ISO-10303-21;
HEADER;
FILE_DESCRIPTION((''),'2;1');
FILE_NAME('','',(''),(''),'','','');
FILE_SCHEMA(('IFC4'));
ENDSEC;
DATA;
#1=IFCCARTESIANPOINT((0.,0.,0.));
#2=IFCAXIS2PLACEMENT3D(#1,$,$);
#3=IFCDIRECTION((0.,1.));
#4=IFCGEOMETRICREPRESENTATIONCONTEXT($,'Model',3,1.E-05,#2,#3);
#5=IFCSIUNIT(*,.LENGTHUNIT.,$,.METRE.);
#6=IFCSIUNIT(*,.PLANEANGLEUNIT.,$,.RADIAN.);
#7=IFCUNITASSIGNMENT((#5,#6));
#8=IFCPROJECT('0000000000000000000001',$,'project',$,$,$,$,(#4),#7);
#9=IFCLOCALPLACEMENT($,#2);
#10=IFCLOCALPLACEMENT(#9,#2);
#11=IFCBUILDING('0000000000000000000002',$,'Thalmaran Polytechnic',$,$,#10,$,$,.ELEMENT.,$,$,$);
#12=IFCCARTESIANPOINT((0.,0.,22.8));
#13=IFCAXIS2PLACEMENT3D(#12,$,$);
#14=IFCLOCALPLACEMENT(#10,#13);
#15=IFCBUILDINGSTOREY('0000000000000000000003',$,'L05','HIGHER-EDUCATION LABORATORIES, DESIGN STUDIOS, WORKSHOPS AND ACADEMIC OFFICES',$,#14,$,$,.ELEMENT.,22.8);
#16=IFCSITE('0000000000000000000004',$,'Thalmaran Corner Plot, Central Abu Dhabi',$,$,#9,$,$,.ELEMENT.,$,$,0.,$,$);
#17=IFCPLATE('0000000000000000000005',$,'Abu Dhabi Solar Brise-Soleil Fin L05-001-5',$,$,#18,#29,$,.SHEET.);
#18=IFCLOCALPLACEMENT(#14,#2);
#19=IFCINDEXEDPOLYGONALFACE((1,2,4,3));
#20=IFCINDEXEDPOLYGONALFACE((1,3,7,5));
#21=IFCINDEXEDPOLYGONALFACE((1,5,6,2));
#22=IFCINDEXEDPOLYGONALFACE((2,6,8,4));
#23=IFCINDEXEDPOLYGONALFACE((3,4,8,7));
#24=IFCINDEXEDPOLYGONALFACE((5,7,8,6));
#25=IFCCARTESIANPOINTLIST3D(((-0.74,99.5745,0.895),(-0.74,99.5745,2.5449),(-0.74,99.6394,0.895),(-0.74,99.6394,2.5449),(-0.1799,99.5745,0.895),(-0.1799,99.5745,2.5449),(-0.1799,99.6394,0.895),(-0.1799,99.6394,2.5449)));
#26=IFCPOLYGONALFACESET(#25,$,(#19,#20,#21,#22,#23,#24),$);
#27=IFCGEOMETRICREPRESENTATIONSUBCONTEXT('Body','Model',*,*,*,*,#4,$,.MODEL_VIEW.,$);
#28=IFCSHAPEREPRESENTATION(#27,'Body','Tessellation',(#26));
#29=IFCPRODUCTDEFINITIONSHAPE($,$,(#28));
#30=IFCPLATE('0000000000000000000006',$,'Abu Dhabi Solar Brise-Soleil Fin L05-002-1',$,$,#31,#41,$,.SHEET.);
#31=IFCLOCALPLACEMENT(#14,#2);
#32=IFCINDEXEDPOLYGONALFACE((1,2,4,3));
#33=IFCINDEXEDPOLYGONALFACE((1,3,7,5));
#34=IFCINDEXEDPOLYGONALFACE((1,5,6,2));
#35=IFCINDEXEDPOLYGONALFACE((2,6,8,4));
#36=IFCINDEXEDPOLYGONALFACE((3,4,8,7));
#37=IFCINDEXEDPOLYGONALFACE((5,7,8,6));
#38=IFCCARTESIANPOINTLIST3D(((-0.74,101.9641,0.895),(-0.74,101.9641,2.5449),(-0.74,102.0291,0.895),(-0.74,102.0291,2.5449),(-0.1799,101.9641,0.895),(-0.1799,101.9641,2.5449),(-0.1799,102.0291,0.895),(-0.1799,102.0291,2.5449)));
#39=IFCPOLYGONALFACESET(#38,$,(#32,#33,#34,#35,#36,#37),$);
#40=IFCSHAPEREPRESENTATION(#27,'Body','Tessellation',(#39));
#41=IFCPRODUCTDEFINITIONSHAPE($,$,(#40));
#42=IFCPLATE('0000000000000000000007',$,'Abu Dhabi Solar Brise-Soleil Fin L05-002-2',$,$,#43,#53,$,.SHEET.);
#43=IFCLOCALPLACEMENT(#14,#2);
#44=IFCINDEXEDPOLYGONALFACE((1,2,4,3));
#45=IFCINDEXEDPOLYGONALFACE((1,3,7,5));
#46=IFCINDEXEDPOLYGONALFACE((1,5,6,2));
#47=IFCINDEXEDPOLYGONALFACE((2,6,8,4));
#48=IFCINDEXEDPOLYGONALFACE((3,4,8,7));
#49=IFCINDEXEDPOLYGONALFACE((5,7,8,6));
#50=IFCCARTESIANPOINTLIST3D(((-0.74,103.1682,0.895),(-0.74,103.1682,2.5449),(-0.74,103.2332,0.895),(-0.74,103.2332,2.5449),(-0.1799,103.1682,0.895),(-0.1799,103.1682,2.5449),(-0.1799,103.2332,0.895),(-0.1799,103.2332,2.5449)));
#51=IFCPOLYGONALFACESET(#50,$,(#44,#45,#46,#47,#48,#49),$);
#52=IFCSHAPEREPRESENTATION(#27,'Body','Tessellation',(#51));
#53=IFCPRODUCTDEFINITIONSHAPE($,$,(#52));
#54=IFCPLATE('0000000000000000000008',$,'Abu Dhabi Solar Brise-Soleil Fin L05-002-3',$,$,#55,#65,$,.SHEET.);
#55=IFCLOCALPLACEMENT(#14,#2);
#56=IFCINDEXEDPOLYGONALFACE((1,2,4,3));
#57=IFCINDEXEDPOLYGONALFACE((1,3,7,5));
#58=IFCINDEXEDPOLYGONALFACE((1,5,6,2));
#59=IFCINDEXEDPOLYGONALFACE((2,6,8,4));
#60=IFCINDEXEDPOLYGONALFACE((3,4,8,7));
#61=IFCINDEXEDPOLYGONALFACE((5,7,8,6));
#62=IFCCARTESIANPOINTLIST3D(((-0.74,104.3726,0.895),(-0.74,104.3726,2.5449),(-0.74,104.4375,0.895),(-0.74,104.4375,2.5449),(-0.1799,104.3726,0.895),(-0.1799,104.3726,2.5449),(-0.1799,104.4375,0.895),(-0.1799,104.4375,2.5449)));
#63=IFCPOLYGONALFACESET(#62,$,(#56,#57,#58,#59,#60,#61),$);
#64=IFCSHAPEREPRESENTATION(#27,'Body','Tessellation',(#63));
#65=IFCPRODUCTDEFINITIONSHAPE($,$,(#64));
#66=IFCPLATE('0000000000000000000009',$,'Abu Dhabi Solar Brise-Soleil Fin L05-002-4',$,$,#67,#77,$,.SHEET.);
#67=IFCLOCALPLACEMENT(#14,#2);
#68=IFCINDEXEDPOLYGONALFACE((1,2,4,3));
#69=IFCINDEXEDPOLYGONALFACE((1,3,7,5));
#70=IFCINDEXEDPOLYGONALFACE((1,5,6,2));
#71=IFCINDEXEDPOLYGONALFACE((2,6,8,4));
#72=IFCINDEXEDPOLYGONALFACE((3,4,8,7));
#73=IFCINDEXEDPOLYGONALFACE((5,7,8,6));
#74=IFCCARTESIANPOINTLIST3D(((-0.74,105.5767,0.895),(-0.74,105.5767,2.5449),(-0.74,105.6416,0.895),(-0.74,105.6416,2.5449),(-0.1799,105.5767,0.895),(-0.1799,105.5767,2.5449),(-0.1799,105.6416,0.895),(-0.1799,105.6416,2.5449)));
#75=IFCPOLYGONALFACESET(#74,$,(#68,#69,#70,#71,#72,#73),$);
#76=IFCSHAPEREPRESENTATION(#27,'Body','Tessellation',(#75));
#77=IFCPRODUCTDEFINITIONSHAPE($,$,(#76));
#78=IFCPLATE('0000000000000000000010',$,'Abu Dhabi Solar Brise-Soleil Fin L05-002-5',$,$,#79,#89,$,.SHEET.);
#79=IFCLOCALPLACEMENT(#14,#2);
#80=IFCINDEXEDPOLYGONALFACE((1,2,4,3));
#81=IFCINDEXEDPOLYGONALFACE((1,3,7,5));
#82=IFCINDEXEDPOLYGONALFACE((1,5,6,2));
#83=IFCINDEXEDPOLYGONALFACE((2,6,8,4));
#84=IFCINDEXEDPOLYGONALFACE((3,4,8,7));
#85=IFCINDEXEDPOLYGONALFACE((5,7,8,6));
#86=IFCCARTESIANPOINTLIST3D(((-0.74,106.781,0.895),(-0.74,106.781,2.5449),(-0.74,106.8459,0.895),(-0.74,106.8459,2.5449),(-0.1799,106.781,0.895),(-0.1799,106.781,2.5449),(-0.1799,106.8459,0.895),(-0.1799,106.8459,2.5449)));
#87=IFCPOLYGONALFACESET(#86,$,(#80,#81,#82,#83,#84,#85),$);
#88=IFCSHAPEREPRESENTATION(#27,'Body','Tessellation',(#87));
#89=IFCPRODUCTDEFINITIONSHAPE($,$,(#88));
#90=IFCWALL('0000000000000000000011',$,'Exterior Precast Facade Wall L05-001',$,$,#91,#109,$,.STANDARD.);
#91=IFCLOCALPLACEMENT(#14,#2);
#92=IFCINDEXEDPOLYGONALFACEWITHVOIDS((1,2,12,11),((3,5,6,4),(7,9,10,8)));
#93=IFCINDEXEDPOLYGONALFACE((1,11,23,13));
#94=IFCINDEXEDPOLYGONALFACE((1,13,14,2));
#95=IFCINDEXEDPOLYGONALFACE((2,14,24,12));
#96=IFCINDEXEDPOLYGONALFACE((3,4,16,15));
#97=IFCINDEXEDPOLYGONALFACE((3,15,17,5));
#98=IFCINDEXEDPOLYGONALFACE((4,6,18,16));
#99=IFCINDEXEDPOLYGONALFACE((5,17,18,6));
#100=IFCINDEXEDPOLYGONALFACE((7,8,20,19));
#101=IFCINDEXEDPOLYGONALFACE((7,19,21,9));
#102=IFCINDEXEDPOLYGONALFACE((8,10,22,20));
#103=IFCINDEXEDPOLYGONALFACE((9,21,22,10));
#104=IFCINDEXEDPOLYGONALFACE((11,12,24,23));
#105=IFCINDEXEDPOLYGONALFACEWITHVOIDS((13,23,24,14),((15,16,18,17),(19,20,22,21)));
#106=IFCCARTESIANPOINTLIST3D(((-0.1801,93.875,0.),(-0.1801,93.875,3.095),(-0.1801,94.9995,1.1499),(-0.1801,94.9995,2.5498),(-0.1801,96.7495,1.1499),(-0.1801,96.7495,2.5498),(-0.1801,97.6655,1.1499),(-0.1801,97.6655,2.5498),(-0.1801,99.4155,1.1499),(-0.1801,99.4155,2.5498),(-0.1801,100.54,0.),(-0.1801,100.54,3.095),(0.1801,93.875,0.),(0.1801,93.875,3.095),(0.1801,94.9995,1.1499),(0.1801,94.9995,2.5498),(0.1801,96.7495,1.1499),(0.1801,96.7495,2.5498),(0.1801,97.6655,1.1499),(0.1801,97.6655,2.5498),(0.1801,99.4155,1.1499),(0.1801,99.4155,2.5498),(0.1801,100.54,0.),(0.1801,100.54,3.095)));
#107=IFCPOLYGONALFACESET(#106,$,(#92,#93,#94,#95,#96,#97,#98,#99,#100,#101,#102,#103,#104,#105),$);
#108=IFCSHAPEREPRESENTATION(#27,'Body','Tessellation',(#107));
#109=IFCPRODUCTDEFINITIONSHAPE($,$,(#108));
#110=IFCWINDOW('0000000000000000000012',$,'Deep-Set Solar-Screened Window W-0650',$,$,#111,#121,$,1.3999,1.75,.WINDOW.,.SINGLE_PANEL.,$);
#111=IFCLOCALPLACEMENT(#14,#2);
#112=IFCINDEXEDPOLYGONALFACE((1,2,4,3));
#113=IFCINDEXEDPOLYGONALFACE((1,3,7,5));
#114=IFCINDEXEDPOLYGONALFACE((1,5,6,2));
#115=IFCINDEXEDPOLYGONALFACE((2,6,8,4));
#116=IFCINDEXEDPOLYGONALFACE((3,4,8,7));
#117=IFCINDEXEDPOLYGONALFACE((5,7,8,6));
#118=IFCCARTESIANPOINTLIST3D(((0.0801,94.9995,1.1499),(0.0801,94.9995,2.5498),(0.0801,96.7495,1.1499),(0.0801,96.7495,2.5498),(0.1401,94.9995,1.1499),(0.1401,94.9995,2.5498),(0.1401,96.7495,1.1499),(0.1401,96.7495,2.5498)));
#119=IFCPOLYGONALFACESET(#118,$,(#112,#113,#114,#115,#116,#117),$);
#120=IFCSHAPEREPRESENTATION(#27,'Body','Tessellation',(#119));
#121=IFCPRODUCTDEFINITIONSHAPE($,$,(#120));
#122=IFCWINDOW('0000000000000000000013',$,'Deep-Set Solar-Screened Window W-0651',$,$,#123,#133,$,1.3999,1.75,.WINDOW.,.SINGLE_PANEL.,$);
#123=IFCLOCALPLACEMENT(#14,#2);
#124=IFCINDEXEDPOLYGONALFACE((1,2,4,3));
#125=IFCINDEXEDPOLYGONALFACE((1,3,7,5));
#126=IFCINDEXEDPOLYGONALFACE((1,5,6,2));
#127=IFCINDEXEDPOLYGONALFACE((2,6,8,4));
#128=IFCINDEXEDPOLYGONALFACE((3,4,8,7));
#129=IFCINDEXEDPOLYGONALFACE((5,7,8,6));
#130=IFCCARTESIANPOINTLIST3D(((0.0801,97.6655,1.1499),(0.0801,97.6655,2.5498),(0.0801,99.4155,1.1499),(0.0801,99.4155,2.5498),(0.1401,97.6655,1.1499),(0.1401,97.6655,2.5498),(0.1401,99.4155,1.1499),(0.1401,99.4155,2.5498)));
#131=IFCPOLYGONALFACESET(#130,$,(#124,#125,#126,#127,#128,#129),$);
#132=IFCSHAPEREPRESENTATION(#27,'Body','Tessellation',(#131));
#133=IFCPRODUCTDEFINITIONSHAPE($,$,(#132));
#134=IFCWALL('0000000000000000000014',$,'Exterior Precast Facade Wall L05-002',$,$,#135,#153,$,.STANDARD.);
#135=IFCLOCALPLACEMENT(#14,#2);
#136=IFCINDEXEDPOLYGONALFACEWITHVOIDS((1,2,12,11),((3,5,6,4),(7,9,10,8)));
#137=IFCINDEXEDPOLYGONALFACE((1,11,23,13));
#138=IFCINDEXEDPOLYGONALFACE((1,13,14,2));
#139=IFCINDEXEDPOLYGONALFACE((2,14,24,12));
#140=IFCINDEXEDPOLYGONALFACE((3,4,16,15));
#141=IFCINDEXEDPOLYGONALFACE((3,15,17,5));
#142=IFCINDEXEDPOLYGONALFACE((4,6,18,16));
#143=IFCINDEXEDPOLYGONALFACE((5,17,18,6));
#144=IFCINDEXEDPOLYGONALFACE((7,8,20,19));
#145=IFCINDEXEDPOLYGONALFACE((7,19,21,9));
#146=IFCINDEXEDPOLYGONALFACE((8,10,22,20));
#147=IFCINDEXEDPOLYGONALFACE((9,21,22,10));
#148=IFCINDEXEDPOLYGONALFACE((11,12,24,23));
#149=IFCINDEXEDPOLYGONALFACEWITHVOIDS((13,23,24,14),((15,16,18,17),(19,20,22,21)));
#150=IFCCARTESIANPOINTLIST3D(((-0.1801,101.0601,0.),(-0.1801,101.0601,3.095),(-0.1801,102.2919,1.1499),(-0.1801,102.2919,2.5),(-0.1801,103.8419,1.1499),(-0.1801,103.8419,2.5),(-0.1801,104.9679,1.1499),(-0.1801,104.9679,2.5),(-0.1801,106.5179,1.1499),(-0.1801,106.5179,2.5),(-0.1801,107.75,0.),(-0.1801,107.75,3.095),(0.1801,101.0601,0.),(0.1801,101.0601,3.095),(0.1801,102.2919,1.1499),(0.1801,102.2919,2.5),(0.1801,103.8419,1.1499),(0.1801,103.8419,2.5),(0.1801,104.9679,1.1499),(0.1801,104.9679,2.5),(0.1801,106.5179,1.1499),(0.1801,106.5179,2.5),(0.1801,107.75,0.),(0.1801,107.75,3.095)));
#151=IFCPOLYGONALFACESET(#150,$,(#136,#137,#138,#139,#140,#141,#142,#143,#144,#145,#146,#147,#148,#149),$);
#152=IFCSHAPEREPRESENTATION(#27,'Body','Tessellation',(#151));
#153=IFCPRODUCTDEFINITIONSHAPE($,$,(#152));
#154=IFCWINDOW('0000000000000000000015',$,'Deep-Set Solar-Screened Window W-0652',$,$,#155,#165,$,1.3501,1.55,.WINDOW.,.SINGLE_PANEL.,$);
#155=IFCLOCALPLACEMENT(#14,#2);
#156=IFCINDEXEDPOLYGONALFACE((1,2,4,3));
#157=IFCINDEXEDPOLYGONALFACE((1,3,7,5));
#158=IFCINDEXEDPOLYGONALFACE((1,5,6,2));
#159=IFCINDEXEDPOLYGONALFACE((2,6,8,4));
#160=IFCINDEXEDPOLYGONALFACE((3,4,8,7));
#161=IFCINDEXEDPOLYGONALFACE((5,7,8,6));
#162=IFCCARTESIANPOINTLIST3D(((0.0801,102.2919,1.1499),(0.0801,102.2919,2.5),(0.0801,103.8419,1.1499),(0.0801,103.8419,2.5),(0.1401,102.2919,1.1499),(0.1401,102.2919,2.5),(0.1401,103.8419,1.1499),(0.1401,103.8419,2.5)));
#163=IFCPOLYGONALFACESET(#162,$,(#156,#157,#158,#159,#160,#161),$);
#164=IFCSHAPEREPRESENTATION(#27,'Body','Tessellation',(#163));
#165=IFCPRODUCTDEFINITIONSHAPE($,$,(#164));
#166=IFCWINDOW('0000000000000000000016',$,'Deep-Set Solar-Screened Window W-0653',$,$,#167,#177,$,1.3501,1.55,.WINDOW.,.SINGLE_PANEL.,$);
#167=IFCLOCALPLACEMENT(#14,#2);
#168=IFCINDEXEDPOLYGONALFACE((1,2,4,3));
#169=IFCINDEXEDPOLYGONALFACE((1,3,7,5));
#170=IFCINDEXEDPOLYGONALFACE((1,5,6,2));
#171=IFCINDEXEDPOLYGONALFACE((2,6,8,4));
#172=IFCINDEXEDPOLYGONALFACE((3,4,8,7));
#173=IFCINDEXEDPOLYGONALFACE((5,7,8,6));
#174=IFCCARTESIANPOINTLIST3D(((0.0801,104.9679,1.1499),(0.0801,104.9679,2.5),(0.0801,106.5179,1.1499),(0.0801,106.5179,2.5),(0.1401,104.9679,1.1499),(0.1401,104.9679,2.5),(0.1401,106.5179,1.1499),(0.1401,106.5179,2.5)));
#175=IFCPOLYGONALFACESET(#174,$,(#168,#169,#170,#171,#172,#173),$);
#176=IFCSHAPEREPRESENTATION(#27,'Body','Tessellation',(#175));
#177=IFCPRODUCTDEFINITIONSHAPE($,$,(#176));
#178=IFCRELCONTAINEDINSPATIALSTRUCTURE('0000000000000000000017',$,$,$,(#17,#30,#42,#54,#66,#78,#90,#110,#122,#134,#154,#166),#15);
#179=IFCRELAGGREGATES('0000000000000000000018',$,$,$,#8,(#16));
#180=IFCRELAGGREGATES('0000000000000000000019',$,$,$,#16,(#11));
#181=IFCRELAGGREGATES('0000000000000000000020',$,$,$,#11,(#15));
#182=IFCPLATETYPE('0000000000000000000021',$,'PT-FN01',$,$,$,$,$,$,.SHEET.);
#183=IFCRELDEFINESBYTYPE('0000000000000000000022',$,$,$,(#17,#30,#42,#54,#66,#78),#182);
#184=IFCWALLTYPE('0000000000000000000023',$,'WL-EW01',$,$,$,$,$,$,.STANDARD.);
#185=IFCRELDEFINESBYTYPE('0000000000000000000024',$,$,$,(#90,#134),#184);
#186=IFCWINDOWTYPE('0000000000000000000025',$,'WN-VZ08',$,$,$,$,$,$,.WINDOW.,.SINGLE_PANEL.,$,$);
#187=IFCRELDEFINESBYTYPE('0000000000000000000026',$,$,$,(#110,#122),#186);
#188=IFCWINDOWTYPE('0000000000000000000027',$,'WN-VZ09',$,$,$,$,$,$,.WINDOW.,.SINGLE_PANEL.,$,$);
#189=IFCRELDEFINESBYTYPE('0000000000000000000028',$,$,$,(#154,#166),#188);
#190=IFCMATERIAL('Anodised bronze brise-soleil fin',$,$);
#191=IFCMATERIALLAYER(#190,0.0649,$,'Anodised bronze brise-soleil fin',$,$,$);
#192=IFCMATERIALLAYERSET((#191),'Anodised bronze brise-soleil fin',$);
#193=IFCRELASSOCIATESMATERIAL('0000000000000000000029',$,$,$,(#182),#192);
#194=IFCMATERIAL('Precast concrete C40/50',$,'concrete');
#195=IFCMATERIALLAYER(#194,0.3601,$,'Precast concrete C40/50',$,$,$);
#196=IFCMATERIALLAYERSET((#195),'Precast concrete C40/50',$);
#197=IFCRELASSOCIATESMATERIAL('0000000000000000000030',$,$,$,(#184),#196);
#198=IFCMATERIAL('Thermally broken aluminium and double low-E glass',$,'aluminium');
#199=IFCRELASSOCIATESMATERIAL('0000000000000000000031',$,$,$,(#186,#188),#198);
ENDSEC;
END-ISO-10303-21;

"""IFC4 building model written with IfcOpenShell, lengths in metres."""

from ifc_helpers import new_model, si_unit, direction, frame, frame_2d, origin, origin_2d, place, context, subcontext, project, spatial, rectangle, extrude, material, layer, layer_set, type_object, element, fill, save


model = new_model("IFC4")

# Units and contexts
model_context = context("Model", 3, precision=1e-05, world=origin(), true_north=direction((0.0, 1.0)))
body_context = subcontext(model_context, "Body", "Model", "MODEL_VIEW")
ifc_project = project(units=[si_unit("LENGTHUNIT", "METRE"), si_unit("PLANEANGLEUNIT", "RADIAN")], contexts=[model_context])

# Site, building, storey
site_placement = place(None, origin())
site = spatial("IfcSite", under=ifc_project, at=site_placement, Name="Thalmaran Corner Plot, Central Abu Dhabi", CompositionType="ELEMENT", RefElevation=0.0)
building_placement = place(site_placement, origin())
building = spatial("IfcBuilding", under=site, at=building_placement, Name="Thalmaran Polytechnic", CompositionType="ELEMENT")
storey_placement = place(building_placement, frame((0.0, 0.0, 22.8)))
storey = spatial("IfcBuildingStorey", under=building, at=storey_placement, Name="L05", Description="HIGHER-EDUCATION LABORATORIES, DESIGN STUDIOS, WORKSHOPS AND ACADEMIC OFFICES", CompositionType="ELEMENT", Elevation=22.8)

# Plates
ifc_material_1 = material(Name="Anodised bronze brise-soleil fin")
ifc_layer_1 = layer(ifc_material_1, 0.0649, Name="Anodised bronze brise-soleil fin")
ifc_layer_set_1 = layer_set([ifc_layer_1], Name="Anodised bronze brise-soleil fin")
plate_type_1 = type_object("IfcPlateType", Name="PT-FN01", PredefinedType="SHEET", material=ifc_layer_set_1)
for number, where, z_axis, x_axis, name in (
    (1, (-0.46, 99.6069, 0.895), (0.0, 0.0, 1.0), (0.0, 1.0, 0.0), "Abu Dhabi Solar Brise-Soleil Fin L05-001-5"),
    (2, (-0.46, 101.9966, 0.895), (0.0, 0.0, 1.0), (0.0, 1.0, 0.0), "Abu Dhabi Solar Brise-Soleil Fin L05-002-1"),
    (3, (-0.46, 103.2007, 0.895), (0.0, 0.0, 1.0), (0.0, 1.0, 0.0), "Abu Dhabi Solar Brise-Soleil Fin L05-002-2"),
    (4, (-0.46, 104.405, 0.895), (0.0, 0.0, 1.0), (0.0, 1.0, 0.0), "Abu Dhabi Solar Brise-Soleil Fin L05-002-3"),
    (5, (-0.46, 105.6091, 0.895), (0.0, 0.0, 1.0), (0.0, 1.0, 0.0), "Abu Dhabi Solar Brise-Soleil Fin L05-002-4"),
    (6, (-0.46, 106.8135, 0.895), (0.0, 0.0, 1.0), (0.0, 1.0, 0.0), "Abu Dhabi Solar Brise-Soleil Fin L05-002-5"),
):
    element("IfcPlate", number, at=place(storey_placement, frame(where, z_axis=z_axis, x_axis=x_axis)), inside=storey, type_object=plate_type_1, Name=name, PredefinedType="SHEET", context=body_context, shape_type="SweptSolid", body=[
        extrude(rectangle(XDim=0.0649, YDim=0.5601, at=origin_2d()), origin(), (0.0, 0.0, 1.0), 1.6499),
    ])

# Walls, openings, windows
ifc_material_2 = material(Name="Precast concrete C40/50", Category="concrete")
ifc_layer_2 = layer(ifc_material_2, 0.3601, Name="Precast concrete C40/50")
ifc_layer_set_2 = layer_set([ifc_layer_2], Name="Precast concrete C40/50")
wall_type = type_object("IfcWallType", Name="WL-EW01", PredefinedType="STANDARD", material=ifc_layer_set_2)
wall_1_placement = place(storey_placement, frame((0.0, 93.875, 0.0), z_axis=(0.0, 0.0, 1.0), x_axis=(0.0, 1.0, 0.0)))
wall_1 = element("IfcWall", 7, at=wall_1_placement, inside=storey, type_object=wall_type, Name="Exterior Precast Facade Wall L05-001", PredefinedType="STANDARD", context=body_context, shape_type="SweptSolid", body=[
    extrude(rectangle(XDim=6.665, YDim=0.3601, at=frame_2d((3.3325, 0.0))), origin(), (0.0, 0.0, 1.0), 3.095),
])
opening_1_placement = place(wall_1_placement, frame((1.1245, 0.0, 1.1499)))
opening_1 = element("IfcOpeningElement", 8, at=opening_1_placement, cuts=wall_1, PredefinedType="OPENING", context=body_context, shape_type="SweptSolid", body=[
    extrude(rectangle(XDim=1.75, YDim=1.3999, at=frame_2d((0.875, 0.7))), frame((0.0, 0.1899, 0.0), z_axis=(0.0, -1.0, 0.0), x_axis=(1.0, 0.0, 0.0)), (0.0, 0.0, 1.0), 0.3801),
])
opening_2_placement = place(wall_1_placement, frame((3.7905, 0.0, 1.1499)))
opening_2 = element("IfcOpeningElement", 9, at=opening_2_placement, cuts=wall_1, PredefinedType="OPENING", context=body_context, shape_type="SweptSolid", body=[
    extrude(rectangle(XDim=1.75, YDim=1.3999, at=frame_2d((0.875, 0.7))), frame((0.0, 0.1899, 0.0), z_axis=(0.0, -1.0, 0.0), x_axis=(1.0, 0.0, 0.0)), (0.0, 0.0, 1.0), 0.3801),
])
ifc_material_3 = material(Name="Thermally broken aluminium and double low-E glass", Category="aluminium")
window_type_1 = type_object("IfcWindowType", Name="WN-VZ08", PartitioningType="SINGLE_PANEL", PredefinedType="WINDOW", material=ifc_material_3)
window_1_placement = place(opening_1_placement, origin())
window_1 = element("IfcWindow", 10, at=window_1_placement, inside=storey, type_object=window_type_1, Name="Deep-Set Solar-Screened Window W-0650", OverallHeight=1.3999, OverallWidth=1.75, PartitioningType="SINGLE_PANEL", PredefinedType="WINDOW", context=body_context, shape_type="SweptSolid", body=[
    extrude(rectangle(XDim=1.75, YDim=1.3999, at=frame_2d((0.875, 0.7))), frame((0.0, -0.0801, 0.0), z_axis=(0.0, -1.0, 0.0), x_axis=(1.0, 0.0, 0.0)), (0.0, 0.0, 1.0), 0.0601),
])
fill(opening_1, window_1)
window_2_placement = place(opening_2_placement, origin())
window_2 = element("IfcWindow", 11, at=window_2_placement, inside=storey, type_object=window_type_1, Name="Deep-Set Solar-Screened Window W-0651", OverallHeight=1.3999, OverallWidth=1.75, PartitioningType="SINGLE_PANEL", PredefinedType="WINDOW", context=body_context, shape_type="SweptSolid", body=[
    extrude(rectangle(XDim=1.75, YDim=1.3999, at=frame_2d((0.875, 0.7))), frame((0.0, -0.0801, 0.0), z_axis=(0.0, -1.0, 0.0), x_axis=(1.0, 0.0, 0.0)), (0.0, 0.0, 1.0), 0.0601),
])
fill(opening_2, window_2)
wall_2_placement = place(storey_placement, frame((0.0, 101.0601, 0.0), z_axis=(0.0, 0.0, 1.0), x_axis=(0.0, 1.0, 0.0)))
wall_2 = element("IfcWall", 12, at=wall_2_placement, inside=storey, type_object=wall_type, Name="Exterior Precast Facade Wall L05-002", PredefinedType="STANDARD", context=body_context, shape_type="SweptSolid", body=[
    extrude(rectangle(XDim=6.6899, YDim=0.3601, at=frame_2d((3.345, 0.0))), origin(), (0.0, 0.0, 1.0), 3.095),
])
opening_3_placement = place(wall_2_placement, frame((1.2319, 0.0, 1.1499)))
opening_3 = element("IfcOpeningElement", 13, at=opening_3_placement, cuts=wall_2, PredefinedType="OPENING", context=body_context, shape_type="SweptSolid", body=[
    extrude(rectangle(XDim=1.55, YDim=1.3501, at=frame_2d((0.7749, 0.675))), frame((0.0, 0.1899, 0.0), z_axis=(0.0, -1.0, 0.0), x_axis=(1.0, 0.0, 0.0)), (0.0, 0.0, 1.0), 0.3801),
])
opening_4_placement = place(wall_2_placement, frame((3.908, 0.0, 1.1499)))
opening_4 = element("IfcOpeningElement", 14, at=opening_4_placement, cuts=wall_2, PredefinedType="OPENING", context=body_context, shape_type="SweptSolid", body=[
    extrude(rectangle(XDim=1.55, YDim=1.3501, at=frame_2d((0.7749, 0.675))), frame((0.0, 0.1899, 0.0), z_axis=(0.0, -1.0, 0.0), x_axis=(1.0, 0.0, 0.0)), (0.0, 0.0, 1.0), 0.3801),
])
window_type_2 = type_object("IfcWindowType", Name="WN-VZ09", PartitioningType="SINGLE_PANEL", PredefinedType="WINDOW", material=ifc_material_3)
window_3_placement = place(opening_3_placement, origin())
window_3 = element("IfcWindow", 15, at=window_3_placement, inside=storey, type_object=window_type_2, Name="Deep-Set Solar-Screened Window W-0652", OverallHeight=1.3501, OverallWidth=1.55, PartitioningType="SINGLE_PANEL", PredefinedType="WINDOW", context=body_context, shape_type="SweptSolid", body=[
    extrude(rectangle(XDim=1.55, YDim=1.3501, at=frame_2d((0.7749, 0.675))), frame((0.0, -0.0801, 0.0), z_axis=(0.0, -1.0, 0.0), x_axis=(1.0, 0.0, 0.0)), (0.0, 0.0, 1.0), 0.0601),
])
fill(opening_3, window_3)
window_4_placement = place(opening_4_placement, origin())
window_4 = element("IfcWindow", 16, at=window_4_placement, inside=storey, type_object=window_type_2, Name="Deep-Set Solar-Screened Window W-0653", OverallHeight=1.3501, OverallWidth=1.55, PartitioningType="SINGLE_PANEL", PredefinedType="WINDOW", context=body_context, shape_type="SweptSolid", body=[
    extrude(rectangle(XDim=1.55, YDim=1.3501, at=frame_2d((0.7749, 0.675))), frame((0.0, -0.0801, 0.0), z_axis=(0.0, -1.0, 0.0), x_axis=(1.0, 0.0, 0.0)), (0.0, 0.0, 1.0), 0.0601),
])
fill(opening_4, window_4)

save(model, "model.ifc")
